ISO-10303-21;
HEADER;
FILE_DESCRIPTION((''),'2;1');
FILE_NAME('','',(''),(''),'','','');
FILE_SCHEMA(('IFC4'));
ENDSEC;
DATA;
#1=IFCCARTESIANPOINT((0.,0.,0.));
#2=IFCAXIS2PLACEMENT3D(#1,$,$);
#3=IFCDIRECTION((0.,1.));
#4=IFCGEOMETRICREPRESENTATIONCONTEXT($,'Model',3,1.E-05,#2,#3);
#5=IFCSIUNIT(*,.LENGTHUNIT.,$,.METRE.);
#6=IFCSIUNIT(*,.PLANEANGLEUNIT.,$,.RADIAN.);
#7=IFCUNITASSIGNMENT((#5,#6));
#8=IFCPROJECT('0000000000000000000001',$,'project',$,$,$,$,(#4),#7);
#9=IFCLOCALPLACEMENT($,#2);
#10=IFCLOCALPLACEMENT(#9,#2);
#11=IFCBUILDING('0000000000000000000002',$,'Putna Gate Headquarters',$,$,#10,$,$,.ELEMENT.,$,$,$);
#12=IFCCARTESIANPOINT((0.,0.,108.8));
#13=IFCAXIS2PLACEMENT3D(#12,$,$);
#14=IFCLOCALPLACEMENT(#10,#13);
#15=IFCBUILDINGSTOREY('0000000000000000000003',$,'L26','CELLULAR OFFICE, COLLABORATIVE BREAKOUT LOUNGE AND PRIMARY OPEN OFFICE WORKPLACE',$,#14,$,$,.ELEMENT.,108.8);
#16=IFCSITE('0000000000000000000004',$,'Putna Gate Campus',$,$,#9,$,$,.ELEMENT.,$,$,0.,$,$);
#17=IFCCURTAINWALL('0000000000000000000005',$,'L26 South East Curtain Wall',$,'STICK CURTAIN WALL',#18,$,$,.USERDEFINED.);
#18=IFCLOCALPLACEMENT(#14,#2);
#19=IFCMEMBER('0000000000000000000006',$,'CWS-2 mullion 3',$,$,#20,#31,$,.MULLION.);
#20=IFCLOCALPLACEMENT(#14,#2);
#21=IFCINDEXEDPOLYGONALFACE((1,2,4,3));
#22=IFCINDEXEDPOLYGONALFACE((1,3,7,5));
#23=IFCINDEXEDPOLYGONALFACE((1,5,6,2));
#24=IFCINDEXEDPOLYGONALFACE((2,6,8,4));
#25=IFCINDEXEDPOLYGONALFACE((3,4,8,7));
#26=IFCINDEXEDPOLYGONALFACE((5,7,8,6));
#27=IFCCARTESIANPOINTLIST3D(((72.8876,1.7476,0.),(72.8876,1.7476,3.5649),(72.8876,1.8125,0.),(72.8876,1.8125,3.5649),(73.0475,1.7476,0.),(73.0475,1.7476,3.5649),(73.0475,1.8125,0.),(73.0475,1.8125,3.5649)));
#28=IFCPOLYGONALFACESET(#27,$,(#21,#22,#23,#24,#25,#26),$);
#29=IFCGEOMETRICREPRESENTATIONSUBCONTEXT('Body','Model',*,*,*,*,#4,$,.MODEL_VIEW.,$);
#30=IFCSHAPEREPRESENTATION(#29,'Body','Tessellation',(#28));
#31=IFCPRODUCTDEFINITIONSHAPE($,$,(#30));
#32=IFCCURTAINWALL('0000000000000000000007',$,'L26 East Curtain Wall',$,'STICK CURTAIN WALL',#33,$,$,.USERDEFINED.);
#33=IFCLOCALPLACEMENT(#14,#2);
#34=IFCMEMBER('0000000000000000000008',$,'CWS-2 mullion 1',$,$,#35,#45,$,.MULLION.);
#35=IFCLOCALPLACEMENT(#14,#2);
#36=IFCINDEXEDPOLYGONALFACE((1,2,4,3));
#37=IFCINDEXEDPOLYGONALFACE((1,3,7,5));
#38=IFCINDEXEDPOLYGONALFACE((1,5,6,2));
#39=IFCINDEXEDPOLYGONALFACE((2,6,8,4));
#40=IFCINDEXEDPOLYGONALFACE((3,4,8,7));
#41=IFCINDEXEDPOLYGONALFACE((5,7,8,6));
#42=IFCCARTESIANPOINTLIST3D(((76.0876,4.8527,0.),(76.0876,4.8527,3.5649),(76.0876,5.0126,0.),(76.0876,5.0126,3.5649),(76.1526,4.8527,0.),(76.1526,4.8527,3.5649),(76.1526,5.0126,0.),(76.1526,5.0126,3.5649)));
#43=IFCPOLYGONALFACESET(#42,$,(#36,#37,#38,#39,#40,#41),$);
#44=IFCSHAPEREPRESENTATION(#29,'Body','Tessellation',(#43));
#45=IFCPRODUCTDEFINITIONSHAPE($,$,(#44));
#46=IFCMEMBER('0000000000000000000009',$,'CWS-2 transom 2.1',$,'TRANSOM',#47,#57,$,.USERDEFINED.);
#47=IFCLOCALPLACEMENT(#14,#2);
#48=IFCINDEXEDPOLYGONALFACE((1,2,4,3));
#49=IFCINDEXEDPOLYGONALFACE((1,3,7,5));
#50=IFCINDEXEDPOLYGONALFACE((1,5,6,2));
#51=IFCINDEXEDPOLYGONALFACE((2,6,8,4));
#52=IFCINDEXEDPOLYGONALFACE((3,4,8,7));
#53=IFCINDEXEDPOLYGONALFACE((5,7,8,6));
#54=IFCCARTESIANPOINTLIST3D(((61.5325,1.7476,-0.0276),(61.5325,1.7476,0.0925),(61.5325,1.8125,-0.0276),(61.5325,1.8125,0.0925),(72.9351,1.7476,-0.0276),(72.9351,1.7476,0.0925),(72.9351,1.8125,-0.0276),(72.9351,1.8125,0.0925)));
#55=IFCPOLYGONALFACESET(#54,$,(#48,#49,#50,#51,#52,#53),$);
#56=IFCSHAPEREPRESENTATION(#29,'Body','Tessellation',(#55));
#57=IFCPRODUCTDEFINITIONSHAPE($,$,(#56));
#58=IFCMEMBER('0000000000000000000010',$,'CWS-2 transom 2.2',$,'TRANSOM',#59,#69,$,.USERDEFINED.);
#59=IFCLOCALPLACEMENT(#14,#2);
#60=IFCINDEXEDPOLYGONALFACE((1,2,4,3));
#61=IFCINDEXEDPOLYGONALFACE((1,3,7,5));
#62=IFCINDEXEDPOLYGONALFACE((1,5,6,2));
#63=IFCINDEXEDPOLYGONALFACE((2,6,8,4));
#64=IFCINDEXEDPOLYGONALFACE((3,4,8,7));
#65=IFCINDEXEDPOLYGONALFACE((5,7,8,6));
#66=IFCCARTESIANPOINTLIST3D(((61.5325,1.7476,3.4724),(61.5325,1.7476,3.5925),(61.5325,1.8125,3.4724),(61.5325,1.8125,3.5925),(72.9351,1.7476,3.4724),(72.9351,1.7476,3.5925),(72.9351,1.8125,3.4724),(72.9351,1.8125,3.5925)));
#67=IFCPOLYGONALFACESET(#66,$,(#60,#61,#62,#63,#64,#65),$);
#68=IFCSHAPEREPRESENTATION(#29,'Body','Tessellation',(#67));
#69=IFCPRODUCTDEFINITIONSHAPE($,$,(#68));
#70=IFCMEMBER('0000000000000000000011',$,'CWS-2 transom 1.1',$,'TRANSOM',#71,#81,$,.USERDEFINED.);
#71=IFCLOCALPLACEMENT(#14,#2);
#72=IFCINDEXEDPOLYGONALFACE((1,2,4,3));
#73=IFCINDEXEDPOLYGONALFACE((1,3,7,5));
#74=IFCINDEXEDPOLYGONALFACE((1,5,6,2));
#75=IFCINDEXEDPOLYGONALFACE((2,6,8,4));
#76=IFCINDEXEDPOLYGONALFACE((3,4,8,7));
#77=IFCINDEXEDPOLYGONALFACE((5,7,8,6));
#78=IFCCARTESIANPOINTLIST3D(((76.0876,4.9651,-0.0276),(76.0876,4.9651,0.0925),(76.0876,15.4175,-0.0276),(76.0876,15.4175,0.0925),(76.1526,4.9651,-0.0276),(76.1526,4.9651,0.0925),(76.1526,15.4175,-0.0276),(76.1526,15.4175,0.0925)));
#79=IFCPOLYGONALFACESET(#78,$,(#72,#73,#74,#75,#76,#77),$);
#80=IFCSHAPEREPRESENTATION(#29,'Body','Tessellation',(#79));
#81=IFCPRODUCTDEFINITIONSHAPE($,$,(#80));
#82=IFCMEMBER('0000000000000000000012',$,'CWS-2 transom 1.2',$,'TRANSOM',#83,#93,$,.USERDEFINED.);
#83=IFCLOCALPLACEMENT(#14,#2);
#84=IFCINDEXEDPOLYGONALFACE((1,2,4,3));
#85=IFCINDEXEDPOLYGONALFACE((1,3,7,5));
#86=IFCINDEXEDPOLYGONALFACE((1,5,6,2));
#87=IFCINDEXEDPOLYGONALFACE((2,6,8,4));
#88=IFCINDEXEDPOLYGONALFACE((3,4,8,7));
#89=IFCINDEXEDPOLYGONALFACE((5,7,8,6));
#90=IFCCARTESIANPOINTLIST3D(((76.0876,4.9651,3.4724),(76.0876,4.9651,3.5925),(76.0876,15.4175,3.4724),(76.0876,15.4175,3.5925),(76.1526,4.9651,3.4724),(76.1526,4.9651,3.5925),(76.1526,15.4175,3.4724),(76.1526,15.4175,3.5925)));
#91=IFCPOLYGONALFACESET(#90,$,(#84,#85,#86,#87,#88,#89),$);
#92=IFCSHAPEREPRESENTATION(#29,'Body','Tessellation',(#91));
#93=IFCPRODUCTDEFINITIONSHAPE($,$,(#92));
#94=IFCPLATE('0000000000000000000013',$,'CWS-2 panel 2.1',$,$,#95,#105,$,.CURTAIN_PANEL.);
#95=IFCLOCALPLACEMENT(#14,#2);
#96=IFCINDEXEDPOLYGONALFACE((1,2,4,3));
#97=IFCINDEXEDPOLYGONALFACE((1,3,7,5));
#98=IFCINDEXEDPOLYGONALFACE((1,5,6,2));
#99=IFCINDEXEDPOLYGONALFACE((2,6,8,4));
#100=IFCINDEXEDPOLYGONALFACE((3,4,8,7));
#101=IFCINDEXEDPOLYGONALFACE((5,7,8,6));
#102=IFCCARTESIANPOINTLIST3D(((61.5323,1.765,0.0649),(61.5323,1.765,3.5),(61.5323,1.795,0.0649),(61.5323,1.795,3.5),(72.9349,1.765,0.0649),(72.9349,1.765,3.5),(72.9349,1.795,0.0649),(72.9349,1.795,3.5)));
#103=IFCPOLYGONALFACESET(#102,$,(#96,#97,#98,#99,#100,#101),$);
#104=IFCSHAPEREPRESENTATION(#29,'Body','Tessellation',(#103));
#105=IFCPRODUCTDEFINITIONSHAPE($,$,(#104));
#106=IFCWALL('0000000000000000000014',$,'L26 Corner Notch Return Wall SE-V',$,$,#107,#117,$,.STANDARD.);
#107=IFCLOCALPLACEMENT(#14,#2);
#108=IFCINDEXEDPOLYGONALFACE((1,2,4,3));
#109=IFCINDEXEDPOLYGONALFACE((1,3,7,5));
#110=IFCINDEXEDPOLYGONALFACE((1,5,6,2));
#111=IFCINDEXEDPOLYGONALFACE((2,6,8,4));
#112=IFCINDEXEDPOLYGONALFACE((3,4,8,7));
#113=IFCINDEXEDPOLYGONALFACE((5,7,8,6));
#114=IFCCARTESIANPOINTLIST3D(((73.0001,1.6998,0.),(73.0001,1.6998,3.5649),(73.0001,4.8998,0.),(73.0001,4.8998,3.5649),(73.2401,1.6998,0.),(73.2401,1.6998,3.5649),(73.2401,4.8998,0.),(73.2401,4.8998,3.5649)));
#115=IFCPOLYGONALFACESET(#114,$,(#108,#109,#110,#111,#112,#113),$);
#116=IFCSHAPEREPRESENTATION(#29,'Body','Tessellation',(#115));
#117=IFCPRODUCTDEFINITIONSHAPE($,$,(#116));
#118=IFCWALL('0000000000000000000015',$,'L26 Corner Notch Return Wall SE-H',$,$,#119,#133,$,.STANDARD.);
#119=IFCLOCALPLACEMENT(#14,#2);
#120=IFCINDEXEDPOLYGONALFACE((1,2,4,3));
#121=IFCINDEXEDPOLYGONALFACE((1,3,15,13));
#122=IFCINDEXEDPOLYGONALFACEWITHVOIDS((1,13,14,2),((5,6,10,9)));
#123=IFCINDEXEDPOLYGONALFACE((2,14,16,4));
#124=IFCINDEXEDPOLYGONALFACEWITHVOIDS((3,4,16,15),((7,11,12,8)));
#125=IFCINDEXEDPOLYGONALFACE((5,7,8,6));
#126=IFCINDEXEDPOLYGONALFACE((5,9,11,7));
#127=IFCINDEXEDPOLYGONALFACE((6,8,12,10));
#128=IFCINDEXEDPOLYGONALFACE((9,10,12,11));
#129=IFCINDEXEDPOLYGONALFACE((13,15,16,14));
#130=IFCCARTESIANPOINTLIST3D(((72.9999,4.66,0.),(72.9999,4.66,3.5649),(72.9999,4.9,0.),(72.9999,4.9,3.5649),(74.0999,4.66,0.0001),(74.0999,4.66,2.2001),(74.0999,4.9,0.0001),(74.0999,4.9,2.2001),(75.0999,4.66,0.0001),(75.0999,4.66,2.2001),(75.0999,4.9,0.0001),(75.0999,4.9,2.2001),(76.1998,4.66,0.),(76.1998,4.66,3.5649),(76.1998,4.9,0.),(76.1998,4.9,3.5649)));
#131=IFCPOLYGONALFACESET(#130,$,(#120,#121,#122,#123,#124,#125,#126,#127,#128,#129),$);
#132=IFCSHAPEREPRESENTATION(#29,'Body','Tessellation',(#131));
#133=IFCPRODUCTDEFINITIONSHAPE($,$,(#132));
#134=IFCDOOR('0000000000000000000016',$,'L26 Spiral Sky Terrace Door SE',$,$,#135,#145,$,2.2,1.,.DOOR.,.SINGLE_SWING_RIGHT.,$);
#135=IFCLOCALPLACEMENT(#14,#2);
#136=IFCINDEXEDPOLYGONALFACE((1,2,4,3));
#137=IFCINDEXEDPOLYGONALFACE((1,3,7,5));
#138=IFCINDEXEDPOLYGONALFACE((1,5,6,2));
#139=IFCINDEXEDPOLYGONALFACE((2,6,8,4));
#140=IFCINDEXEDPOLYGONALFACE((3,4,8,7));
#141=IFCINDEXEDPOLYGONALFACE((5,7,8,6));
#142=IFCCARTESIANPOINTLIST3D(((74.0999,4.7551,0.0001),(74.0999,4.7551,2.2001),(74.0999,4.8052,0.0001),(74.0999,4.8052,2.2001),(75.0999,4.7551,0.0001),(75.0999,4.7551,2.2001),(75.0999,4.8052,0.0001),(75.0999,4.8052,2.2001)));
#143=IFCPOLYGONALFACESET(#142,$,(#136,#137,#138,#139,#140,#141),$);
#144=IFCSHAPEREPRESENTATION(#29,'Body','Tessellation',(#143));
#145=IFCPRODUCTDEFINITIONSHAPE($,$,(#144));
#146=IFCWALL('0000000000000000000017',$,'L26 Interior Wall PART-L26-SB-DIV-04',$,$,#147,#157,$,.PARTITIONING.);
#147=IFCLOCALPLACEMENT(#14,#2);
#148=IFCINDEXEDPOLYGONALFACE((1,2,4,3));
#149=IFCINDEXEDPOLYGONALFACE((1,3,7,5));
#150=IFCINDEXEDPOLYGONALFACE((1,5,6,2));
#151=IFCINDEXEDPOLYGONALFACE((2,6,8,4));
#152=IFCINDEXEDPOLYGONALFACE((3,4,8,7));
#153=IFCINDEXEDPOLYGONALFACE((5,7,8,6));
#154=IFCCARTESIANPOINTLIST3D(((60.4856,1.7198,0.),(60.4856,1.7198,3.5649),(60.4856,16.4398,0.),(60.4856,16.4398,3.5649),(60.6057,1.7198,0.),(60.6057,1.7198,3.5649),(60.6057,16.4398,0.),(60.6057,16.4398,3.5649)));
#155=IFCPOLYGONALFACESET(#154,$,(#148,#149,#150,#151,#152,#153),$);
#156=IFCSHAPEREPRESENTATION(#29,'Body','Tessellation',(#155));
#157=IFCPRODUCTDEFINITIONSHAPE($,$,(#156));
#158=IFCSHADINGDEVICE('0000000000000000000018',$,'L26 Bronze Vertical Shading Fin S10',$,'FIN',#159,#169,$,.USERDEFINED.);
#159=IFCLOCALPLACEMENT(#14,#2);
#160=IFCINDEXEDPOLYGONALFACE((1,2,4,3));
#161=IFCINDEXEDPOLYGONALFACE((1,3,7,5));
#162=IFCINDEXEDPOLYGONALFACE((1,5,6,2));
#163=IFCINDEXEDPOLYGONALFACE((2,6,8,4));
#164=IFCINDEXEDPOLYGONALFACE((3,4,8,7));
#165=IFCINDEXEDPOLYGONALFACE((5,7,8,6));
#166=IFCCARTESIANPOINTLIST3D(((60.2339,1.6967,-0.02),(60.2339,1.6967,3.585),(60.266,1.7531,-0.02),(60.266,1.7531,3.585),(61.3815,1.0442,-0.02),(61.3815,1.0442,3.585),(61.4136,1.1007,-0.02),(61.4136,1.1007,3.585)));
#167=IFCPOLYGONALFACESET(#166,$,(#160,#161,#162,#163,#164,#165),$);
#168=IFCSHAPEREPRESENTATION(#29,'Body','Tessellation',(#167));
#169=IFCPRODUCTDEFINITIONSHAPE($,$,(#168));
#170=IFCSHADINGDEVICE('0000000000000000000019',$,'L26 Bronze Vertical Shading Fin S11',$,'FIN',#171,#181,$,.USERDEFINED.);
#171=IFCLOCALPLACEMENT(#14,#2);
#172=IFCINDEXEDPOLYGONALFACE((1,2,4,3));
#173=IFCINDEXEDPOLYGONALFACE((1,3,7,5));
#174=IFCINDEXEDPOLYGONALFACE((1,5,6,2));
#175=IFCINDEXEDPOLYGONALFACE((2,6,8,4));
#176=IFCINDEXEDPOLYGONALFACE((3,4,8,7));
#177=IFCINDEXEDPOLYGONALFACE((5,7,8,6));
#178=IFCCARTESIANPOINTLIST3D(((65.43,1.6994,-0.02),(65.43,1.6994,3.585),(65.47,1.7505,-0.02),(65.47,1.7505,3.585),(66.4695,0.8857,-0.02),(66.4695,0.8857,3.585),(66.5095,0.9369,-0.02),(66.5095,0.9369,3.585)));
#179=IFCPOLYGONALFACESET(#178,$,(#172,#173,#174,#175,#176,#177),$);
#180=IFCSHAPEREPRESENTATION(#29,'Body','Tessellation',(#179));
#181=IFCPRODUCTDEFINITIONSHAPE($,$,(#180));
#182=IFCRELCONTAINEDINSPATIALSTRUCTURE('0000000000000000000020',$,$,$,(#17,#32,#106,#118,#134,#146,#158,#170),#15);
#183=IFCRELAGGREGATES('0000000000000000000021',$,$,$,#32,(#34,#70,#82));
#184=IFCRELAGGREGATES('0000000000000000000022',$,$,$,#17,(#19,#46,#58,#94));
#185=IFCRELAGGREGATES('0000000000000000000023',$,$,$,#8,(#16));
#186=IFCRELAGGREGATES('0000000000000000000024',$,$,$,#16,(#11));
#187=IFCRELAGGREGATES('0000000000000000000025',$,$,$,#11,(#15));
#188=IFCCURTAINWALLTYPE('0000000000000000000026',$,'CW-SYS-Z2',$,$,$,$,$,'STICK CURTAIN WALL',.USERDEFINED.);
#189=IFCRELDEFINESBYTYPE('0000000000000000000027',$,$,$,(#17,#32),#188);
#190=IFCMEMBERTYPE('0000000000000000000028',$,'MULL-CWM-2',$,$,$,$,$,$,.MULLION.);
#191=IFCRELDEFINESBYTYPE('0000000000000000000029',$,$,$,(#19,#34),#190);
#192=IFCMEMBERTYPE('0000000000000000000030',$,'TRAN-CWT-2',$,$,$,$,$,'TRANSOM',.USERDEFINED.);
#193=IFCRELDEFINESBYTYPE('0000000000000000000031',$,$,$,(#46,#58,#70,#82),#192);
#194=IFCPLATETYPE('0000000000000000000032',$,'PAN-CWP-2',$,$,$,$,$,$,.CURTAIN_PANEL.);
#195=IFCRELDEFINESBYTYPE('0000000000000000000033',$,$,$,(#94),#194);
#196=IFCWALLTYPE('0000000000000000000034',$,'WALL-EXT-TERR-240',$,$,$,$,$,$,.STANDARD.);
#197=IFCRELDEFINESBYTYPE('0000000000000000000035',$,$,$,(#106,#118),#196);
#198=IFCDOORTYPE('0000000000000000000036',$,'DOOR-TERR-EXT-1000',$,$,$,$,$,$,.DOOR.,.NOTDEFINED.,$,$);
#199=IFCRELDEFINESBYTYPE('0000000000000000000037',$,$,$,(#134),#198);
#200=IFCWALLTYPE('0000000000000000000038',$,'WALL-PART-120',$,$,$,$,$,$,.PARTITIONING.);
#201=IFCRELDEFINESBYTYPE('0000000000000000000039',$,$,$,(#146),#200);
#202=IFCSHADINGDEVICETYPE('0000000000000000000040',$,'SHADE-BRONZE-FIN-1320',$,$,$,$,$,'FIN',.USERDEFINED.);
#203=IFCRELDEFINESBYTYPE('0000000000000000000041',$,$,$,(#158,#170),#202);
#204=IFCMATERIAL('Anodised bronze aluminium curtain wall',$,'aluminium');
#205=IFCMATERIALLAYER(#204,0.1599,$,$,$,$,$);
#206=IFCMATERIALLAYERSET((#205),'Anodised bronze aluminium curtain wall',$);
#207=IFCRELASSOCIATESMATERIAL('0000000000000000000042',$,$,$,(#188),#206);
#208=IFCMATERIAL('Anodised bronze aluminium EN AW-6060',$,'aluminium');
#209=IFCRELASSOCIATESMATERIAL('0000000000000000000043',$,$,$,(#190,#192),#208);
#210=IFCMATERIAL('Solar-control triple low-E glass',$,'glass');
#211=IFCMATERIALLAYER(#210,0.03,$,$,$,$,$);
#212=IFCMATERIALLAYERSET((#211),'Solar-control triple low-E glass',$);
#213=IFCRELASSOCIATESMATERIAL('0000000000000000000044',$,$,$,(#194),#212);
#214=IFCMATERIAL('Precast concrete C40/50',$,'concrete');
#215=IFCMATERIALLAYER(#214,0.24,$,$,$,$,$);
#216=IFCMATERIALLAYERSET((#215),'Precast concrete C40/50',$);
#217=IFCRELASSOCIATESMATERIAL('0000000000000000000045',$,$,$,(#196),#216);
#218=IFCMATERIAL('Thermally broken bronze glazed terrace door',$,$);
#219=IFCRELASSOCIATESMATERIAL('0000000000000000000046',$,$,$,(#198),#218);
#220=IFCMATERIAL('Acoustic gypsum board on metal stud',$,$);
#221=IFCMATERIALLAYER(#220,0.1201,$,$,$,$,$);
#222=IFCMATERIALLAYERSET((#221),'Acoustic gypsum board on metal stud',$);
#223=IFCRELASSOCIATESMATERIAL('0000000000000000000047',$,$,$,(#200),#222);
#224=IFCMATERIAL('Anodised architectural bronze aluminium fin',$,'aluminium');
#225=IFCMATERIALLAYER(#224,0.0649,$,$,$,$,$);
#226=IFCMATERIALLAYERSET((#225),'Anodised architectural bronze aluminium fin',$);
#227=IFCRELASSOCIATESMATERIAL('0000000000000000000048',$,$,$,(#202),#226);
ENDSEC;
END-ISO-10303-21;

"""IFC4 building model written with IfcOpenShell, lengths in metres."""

from ifc_helpers import new_model, si_unit, direction, frame, frame_2d, origin, origin_2d, place, context, subcontext, project, spatial, rectangle, extrude, material, layer, layer_set, material_profile, profile_set, type_object, element, fill, aggregate, save


model = new_model("IFC4")

# Units and contexts
model_context = context("Model", 3, precision=1e-05, world=origin(), true_north=direction((0.0, 1.0)))
body_context = subcontext(model_context, "Body", "Model", "MODEL_VIEW")
ifc_project = project(units=[si_unit("LENGTHUNIT", "METRE"), si_unit("PLANEANGLEUNIT", "RADIAN")], contexts=[model_context])

# Site, building, storey
site_placement = place(None, origin())
site = spatial("IfcSite", under=ifc_project, at=site_placement, Name="Putna Gate Campus", CompositionType="ELEMENT", RefElevation=0.0)
building_placement = place(site_placement, origin())
building = spatial("IfcBuilding", under=site, at=building_placement, Name="Putna Gate Headquarters", CompositionType="ELEMENT")
storey_placement = place(building_placement, frame((0.0, 0.0, 108.8)))
storey = spatial("IfcBuildingStorey", under=building, at=storey_placement, Name="L26", Description="CELLULAR OFFICE, COLLABORATIVE BREAKOUT LOUNGE AND PRIMARY OPEN OFFICE WORKPLACE", CompositionType="ELEMENT", Elevation=108.8)

# Curtain wall, member
ifc_material_1 = material(Name="Anodised bronze aluminium curtain wall", Category="aluminium")
ifc_layer_1 = layer(ifc_material_1, 0.1599)
ifc_layer_set_1 = layer_set([ifc_layer_1], Name="Anodised bronze aluminium curtain wall")
curtain_wall_type = type_object("IfcCurtainWallType", Name="CW-SYS-Z2", ElementType="STICK CURTAIN WALL", PredefinedType="USERDEFINED", material=ifc_layer_set_1)
curtain_wall_1_placement = place(storey_placement, origin())
curtain_wall_1 = element("IfcCurtainWall", 1, at=curtain_wall_1_placement, inside=storey, type_object=curtain_wall_type, Name="L26 South East Curtain Wall", ObjectType="STICK CURTAIN WALL", PredefinedType="USERDEFINED")
ifc_material_2 = material(Name="Anodised bronze aluminium EN AW-6060", Category="aluminium")
ifc_material_profile_1 = material_profile(ifc_material_2, rectangle(XDim=0.0649, YDim=0.1599, at=origin_2d()), Name="Anodised bronze aluminium EN AW-6060")
ifc_profile_set_1 = profile_set([ifc_material_profile_1], Name="Anodised bronze aluminium EN AW-6060")
member_type_1 = type_object("IfcMemberType", Name="MULL-CWM-2", PredefinedType="MULLION", material=ifc_profile_set_1)
member_1_placement = place(storey_placement, frame((72.9675, 1.78, 0.0), z_axis=(0.0, 0.0, 1.0), x_axis=(0.0, 1.0, 0.0)))
member_1 = element("IfcMember", 2, at=member_1_placement, type_object=member_type_1, Name="CWS-2 mullion 3", PredefinedType="MULLION", context=body_context, shape_type="SweptSolid", body=[
    extrude(rectangle(XDim=0.0649, YDim=0.1599, at=origin_2d()), origin(), (0.0, 0.0, 1.0), 3.5649),
])

# Curtain wall, member
curtain_wall_2_placement = place(storey_placement, origin())
curtain_wall_2 = element("IfcCurtainWall", 3, at=curtain_wall_2_placement, inside=storey, type_object=curtain_wall_type, Name="L26 East Curtain Wall", ObjectType="STICK CURTAIN WALL", PredefinedType="USERDEFINED")
member_2_placement = place(storey_placement, frame((76.1201, 4.9326, 0.0), z_axis=(0.0, 0.0, 1.0), x_axis=(-1.0, 0.0, 0.0)))
member_2 = element("IfcMember", 4, at=member_2_placement, type_object=member_type_1, Name="CWS-2 mullion 1", PredefinedType="MULLION", context=body_context, shape_type="SweptSolid", body=[
    extrude(rectangle(XDim=0.0649, YDim=0.1599, at=origin_2d()), origin(), (0.0, 0.0, 1.0), 3.5649),
])

# Members
ifc_material_profile_2 = material_profile(ifc_material_2, rectangle(XDim=0.0649, YDim=0.1201, at=origin_2d()), Name="Anodised bronze aluminium EN AW-6060")
ifc_profile_set_2 = profile_set([ifc_material_profile_2], Name="Anodised bronze aluminium EN AW-6060")
member_type_2 = type_object("IfcMemberType", Name="TRAN-CWT-2", ElementType="TRANSOM", PredefinedType="USERDEFINED", material=ifc_profile_set_2)
member_3_placement = place(storey_placement, frame((61.5325, 1.78, 0.0325), z_axis=(1.0, 0.0, 0.0), x_axis=(0.0, 1.0, 0.0)))
member_3 = element("IfcMember", 5, at=member_3_placement, type_object=member_type_2, Name="CWS-2 transom 2.1", ObjectType="TRANSOM", PredefinedType="USERDEFINED", context=body_context, shape_type="SweptSolid", body=[
    extrude(rectangle(XDim=0.0649, YDim=0.1201, at=origin_2d()), origin(), (0.0, 0.0, 1.0), 11.4026),
])
member_4_placement = place(storey_placement, frame((61.5325, 1.78, 3.5325), z_axis=(1.0, 0.0, 0.0), x_axis=(0.0, 1.0, 0.0)))
member_4 = element("IfcMember", 6, at=member_4_placement, type_object=member_type_2, Name="CWS-2 transom 2.2", ObjectType="TRANSOM", PredefinedType="USERDEFINED", context=body_context, shape_type="SweptSolid", body=[
    extrude(rectangle(XDim=0.0649, YDim=0.1201, at=origin_2d()), origin(), (0.0, 0.0, 1.0), 11.4026),
])
member_5_placement = place(storey_placement, frame((76.1201, 4.9651, 0.0325), z_axis=(0.0, 1.0, 0.0), x_axis=(-1.0, 0.0, 0.0)))
member_5 = element("IfcMember", 7, at=member_5_placement, type_object=member_type_2, Name="CWS-2 transom 1.1", ObjectType="TRANSOM", PredefinedType="USERDEFINED", context=body_context, shape_type="SweptSolid", body=[
    extrude(rectangle(XDim=0.0649, YDim=0.1201, at=origin_2d()), origin(), (0.0, 0.0, 1.0), 10.4524),
])
member_6_placement = place(storey_placement, frame((76.1201, 4.9651, 3.5325), z_axis=(0.0, 1.0, 0.0), x_axis=(-1.0, 0.0, 0.0)))
member_6 = element("IfcMember", 8, at=member_6_placement, type_object=member_type_2, Name="CWS-2 transom 1.2", ObjectType="TRANSOM", PredefinedType="USERDEFINED", context=body_context, shape_type="SweptSolid", body=[
    extrude(rectangle(XDim=0.0649, YDim=0.1201, at=origin_2d()), origin(), (0.0, 0.0, 1.0), 10.4524),
])
aggregate(curtain_wall_2, [member_2, member_5, member_6])

# Plate
ifc_material_3 = material(Name="Solar-control triple low-E glass", Category="glass")
ifc_layer_2 = layer(ifc_material_3, 0.03)
ifc_layer_set_2 = layer_set([ifc_layer_2], Name="Solar-control triple low-E glass")
plate_type = type_object("IfcPlateType", Name="PAN-CWP-2", PredefinedType="CURTAIN_PANEL", material=ifc_layer_set_2)
plate_placement = place(storey_placement, frame((67.2336, 1.78, 0.0649), z_axis=(0.0, 0.0, 1.0), x_axis=(1.0, 0.0, 0.0)))
plate = element("IfcPlate", 9, at=plate_placement, type_object=plate_type, Name="CWS-2 panel 2.1", PredefinedType="CURTAIN_PANEL", context=body_context, shape_type="SweptSolid", body=[
    extrude(rectangle(XDim=11.4026, YDim=0.03, at=origin_2d()), origin(), (0.0, 0.0, 1.0), 3.4351),
])
aggregate(curtain_wall_1, [member_1, member_3, member_4, plate])

# Wall
ifc_material_4 = material(Name="Precast concrete C40/50", Category="concrete")
ifc_layer_3 = layer(ifc_material_4, 0.24)
ifc_layer_set_3 = layer_set([ifc_layer_3], Name="Precast concrete C40/50")
wall_type_1 = type_object("IfcWallType", Name="WALL-EXT-TERR-240", PredefinedType="STANDARD", material=ifc_layer_set_3)
wall_1_placement = place(storey_placement, frame((73.1201, 4.8999, 0.0), z_axis=(0.0, 0.0, 1.0), x_axis=(0.0, -1.0, 0.0)))
element("IfcWall", 10, at=wall_1_placement, inside=storey, type_object=wall_type_1, Name="L26 Corner Notch Return Wall SE-V", PredefinedType="STANDARD", context=body_context, shape_type="SweptSolid", body=[
    extrude(rectangle(XDim=3.2, YDim=0.24, at=frame_2d((1.6001, 0.0))), origin(), (0.0, 0.0, 1.0), 3.5649),
])

# Wall, opening, door
wall_2_placement = place(storey_placement, frame((76.2, 4.78, 0.0), z_axis=(0.0, 0.0, 1.0), x_axis=(-1.0, 0.0, 0.0)))
wall_2 = element("IfcWall", 11, at=wall_2_placement, inside=storey, type_object=wall_type_1, Name="L26 Corner Notch Return Wall SE-H", PredefinedType="STANDARD", context=body_context, shape_type="SweptSolid", body=[
    extrude(rectangle(XDim=3.2, YDim=0.24, at=frame_2d((1.6001, 0.0))), origin(), (0.0, 0.0, 1.0), 3.5649),
])
opening_placement = place(wall_2_placement, frame((1.1001, 0.0, 0.0)))
opening = element("IfcOpeningElement", 12, at=opening_placement, cuts=wall_2, PredefinedType="OPENING", context=body_context, shape_type="SweptSolid", body=[
    extrude(rectangle(XDim=1.0, YDim=2.2, at=frame_2d((0.5, 1.1001))), frame((0.0, 0.1299, 0.0), z_axis=(0.0, -1.0, 0.0), x_axis=(1.0, 0.0, 0.0)), (0.0, 0.0, 1.0), 0.26),
])
ifc_material_5 = material(Name="Thermally broken bronze glazed terrace door")
door_type = type_object("IfcDoorType", Name="DOOR-TERR-EXT-1000", OperationType="NOTDEFINED", PredefinedType="DOOR", material=ifc_material_5)
door_placement = place(opening_placement, origin())
door = element("IfcDoor", 13, at=door_placement, inside=storey, type_object=door_type, Name="L26 Spiral Sky Terrace Door SE", OperationType="SINGLE_SWING_RIGHT", OverallHeight=2.2, OverallWidth=1.0, PredefinedType="DOOR", context=body_context, shape_type="SweptSolid", body=[
    extrude(rectangle(XDim=1.0, YDim=2.2, at=frame_2d((0.5, 1.1001))), frame((0.0, 0.0249, 0.0), z_axis=(0.0, -1.0, 0.0), x_axis=(1.0, 0.0, 0.0)), (0.0, 0.0, 1.0), 0.05),
])
fill(opening, door)

# Wall
ifc_material_6 = material(Name="Acoustic gypsum board on metal stud")
ifc_layer_4 = layer(ifc_material_6, 0.1201)
ifc_layer_set_4 = layer_set([ifc_layer_4], Name="Acoustic gypsum board on metal stud")
wall_type_2 = type_object("IfcWallType", Name="WALL-PART-120", PredefinedType="PARTITIONING", material=ifc_layer_set_4)
wall_3_placement = place(storey_placement, frame((60.5457, 1.72, 0.0), z_axis=(0.0, 0.0, 1.0), x_axis=(0.0, 1.0, 0.0)))
element("IfcWall", 14, at=wall_3_placement, inside=storey, type_object=wall_type_2, Name="L26 Interior Wall PART-L26-SB-DIV-04", PredefinedType="PARTITIONING", context=body_context, shape_type="SweptSolid", body=[
    extrude(rectangle(XDim=14.72, YDim=0.1201, at=frame_2d((7.3599, 0.0))), origin(), (0.0, 0.0, 1.0), 3.5649),
])

# Shading devices
ifc_material_7 = material(Name="Anodised architectural bronze aluminium fin", Category="aluminium")
ifc_layer_5 = layer(ifc_material_7, 0.0649)
ifc_layer_set_5 = layer_set([ifc_layer_5], Name="Anodised architectural bronze aluminium fin")
shading_device_type = type_object("IfcShadingDeviceType", Name="SHADE-BRONZE-FIN-1320", ElementType="FIN", PredefinedType="USERDEFINED", material=ifc_layer_set_5)
for number, where, z_axis, x_axis, name in (
    (15, (60.8237, 1.3987, -0.02), (0.0, 0.0, 1.0), (0.869322, -0.494245, 0.0), "L26 Bronze Vertical Shading Fin S10"),
    (16, (65.9697, 1.3181, -0.02), (0.0, 0.0, 1.0), (0.787473, -0.616349, 0.0), "L26 Bronze Vertical Shading Fin S11"),
):
    element("IfcShadingDevice", number, at=place(storey_placement, frame(where, z_axis=z_axis, x_axis=x_axis)), inside=storey, type_object=shading_device_type, Name=name, ObjectType="FIN", PredefinedType="USERDEFINED", context=body_context, shape_type="SweptSolid", body=[
        extrude(rectangle(XDim=1.3201, YDim=0.0649, at=origin_2d()), origin(), (0.0, 0.0, 1.0), 3.605),
    ])

save(model, "model.ifc")
